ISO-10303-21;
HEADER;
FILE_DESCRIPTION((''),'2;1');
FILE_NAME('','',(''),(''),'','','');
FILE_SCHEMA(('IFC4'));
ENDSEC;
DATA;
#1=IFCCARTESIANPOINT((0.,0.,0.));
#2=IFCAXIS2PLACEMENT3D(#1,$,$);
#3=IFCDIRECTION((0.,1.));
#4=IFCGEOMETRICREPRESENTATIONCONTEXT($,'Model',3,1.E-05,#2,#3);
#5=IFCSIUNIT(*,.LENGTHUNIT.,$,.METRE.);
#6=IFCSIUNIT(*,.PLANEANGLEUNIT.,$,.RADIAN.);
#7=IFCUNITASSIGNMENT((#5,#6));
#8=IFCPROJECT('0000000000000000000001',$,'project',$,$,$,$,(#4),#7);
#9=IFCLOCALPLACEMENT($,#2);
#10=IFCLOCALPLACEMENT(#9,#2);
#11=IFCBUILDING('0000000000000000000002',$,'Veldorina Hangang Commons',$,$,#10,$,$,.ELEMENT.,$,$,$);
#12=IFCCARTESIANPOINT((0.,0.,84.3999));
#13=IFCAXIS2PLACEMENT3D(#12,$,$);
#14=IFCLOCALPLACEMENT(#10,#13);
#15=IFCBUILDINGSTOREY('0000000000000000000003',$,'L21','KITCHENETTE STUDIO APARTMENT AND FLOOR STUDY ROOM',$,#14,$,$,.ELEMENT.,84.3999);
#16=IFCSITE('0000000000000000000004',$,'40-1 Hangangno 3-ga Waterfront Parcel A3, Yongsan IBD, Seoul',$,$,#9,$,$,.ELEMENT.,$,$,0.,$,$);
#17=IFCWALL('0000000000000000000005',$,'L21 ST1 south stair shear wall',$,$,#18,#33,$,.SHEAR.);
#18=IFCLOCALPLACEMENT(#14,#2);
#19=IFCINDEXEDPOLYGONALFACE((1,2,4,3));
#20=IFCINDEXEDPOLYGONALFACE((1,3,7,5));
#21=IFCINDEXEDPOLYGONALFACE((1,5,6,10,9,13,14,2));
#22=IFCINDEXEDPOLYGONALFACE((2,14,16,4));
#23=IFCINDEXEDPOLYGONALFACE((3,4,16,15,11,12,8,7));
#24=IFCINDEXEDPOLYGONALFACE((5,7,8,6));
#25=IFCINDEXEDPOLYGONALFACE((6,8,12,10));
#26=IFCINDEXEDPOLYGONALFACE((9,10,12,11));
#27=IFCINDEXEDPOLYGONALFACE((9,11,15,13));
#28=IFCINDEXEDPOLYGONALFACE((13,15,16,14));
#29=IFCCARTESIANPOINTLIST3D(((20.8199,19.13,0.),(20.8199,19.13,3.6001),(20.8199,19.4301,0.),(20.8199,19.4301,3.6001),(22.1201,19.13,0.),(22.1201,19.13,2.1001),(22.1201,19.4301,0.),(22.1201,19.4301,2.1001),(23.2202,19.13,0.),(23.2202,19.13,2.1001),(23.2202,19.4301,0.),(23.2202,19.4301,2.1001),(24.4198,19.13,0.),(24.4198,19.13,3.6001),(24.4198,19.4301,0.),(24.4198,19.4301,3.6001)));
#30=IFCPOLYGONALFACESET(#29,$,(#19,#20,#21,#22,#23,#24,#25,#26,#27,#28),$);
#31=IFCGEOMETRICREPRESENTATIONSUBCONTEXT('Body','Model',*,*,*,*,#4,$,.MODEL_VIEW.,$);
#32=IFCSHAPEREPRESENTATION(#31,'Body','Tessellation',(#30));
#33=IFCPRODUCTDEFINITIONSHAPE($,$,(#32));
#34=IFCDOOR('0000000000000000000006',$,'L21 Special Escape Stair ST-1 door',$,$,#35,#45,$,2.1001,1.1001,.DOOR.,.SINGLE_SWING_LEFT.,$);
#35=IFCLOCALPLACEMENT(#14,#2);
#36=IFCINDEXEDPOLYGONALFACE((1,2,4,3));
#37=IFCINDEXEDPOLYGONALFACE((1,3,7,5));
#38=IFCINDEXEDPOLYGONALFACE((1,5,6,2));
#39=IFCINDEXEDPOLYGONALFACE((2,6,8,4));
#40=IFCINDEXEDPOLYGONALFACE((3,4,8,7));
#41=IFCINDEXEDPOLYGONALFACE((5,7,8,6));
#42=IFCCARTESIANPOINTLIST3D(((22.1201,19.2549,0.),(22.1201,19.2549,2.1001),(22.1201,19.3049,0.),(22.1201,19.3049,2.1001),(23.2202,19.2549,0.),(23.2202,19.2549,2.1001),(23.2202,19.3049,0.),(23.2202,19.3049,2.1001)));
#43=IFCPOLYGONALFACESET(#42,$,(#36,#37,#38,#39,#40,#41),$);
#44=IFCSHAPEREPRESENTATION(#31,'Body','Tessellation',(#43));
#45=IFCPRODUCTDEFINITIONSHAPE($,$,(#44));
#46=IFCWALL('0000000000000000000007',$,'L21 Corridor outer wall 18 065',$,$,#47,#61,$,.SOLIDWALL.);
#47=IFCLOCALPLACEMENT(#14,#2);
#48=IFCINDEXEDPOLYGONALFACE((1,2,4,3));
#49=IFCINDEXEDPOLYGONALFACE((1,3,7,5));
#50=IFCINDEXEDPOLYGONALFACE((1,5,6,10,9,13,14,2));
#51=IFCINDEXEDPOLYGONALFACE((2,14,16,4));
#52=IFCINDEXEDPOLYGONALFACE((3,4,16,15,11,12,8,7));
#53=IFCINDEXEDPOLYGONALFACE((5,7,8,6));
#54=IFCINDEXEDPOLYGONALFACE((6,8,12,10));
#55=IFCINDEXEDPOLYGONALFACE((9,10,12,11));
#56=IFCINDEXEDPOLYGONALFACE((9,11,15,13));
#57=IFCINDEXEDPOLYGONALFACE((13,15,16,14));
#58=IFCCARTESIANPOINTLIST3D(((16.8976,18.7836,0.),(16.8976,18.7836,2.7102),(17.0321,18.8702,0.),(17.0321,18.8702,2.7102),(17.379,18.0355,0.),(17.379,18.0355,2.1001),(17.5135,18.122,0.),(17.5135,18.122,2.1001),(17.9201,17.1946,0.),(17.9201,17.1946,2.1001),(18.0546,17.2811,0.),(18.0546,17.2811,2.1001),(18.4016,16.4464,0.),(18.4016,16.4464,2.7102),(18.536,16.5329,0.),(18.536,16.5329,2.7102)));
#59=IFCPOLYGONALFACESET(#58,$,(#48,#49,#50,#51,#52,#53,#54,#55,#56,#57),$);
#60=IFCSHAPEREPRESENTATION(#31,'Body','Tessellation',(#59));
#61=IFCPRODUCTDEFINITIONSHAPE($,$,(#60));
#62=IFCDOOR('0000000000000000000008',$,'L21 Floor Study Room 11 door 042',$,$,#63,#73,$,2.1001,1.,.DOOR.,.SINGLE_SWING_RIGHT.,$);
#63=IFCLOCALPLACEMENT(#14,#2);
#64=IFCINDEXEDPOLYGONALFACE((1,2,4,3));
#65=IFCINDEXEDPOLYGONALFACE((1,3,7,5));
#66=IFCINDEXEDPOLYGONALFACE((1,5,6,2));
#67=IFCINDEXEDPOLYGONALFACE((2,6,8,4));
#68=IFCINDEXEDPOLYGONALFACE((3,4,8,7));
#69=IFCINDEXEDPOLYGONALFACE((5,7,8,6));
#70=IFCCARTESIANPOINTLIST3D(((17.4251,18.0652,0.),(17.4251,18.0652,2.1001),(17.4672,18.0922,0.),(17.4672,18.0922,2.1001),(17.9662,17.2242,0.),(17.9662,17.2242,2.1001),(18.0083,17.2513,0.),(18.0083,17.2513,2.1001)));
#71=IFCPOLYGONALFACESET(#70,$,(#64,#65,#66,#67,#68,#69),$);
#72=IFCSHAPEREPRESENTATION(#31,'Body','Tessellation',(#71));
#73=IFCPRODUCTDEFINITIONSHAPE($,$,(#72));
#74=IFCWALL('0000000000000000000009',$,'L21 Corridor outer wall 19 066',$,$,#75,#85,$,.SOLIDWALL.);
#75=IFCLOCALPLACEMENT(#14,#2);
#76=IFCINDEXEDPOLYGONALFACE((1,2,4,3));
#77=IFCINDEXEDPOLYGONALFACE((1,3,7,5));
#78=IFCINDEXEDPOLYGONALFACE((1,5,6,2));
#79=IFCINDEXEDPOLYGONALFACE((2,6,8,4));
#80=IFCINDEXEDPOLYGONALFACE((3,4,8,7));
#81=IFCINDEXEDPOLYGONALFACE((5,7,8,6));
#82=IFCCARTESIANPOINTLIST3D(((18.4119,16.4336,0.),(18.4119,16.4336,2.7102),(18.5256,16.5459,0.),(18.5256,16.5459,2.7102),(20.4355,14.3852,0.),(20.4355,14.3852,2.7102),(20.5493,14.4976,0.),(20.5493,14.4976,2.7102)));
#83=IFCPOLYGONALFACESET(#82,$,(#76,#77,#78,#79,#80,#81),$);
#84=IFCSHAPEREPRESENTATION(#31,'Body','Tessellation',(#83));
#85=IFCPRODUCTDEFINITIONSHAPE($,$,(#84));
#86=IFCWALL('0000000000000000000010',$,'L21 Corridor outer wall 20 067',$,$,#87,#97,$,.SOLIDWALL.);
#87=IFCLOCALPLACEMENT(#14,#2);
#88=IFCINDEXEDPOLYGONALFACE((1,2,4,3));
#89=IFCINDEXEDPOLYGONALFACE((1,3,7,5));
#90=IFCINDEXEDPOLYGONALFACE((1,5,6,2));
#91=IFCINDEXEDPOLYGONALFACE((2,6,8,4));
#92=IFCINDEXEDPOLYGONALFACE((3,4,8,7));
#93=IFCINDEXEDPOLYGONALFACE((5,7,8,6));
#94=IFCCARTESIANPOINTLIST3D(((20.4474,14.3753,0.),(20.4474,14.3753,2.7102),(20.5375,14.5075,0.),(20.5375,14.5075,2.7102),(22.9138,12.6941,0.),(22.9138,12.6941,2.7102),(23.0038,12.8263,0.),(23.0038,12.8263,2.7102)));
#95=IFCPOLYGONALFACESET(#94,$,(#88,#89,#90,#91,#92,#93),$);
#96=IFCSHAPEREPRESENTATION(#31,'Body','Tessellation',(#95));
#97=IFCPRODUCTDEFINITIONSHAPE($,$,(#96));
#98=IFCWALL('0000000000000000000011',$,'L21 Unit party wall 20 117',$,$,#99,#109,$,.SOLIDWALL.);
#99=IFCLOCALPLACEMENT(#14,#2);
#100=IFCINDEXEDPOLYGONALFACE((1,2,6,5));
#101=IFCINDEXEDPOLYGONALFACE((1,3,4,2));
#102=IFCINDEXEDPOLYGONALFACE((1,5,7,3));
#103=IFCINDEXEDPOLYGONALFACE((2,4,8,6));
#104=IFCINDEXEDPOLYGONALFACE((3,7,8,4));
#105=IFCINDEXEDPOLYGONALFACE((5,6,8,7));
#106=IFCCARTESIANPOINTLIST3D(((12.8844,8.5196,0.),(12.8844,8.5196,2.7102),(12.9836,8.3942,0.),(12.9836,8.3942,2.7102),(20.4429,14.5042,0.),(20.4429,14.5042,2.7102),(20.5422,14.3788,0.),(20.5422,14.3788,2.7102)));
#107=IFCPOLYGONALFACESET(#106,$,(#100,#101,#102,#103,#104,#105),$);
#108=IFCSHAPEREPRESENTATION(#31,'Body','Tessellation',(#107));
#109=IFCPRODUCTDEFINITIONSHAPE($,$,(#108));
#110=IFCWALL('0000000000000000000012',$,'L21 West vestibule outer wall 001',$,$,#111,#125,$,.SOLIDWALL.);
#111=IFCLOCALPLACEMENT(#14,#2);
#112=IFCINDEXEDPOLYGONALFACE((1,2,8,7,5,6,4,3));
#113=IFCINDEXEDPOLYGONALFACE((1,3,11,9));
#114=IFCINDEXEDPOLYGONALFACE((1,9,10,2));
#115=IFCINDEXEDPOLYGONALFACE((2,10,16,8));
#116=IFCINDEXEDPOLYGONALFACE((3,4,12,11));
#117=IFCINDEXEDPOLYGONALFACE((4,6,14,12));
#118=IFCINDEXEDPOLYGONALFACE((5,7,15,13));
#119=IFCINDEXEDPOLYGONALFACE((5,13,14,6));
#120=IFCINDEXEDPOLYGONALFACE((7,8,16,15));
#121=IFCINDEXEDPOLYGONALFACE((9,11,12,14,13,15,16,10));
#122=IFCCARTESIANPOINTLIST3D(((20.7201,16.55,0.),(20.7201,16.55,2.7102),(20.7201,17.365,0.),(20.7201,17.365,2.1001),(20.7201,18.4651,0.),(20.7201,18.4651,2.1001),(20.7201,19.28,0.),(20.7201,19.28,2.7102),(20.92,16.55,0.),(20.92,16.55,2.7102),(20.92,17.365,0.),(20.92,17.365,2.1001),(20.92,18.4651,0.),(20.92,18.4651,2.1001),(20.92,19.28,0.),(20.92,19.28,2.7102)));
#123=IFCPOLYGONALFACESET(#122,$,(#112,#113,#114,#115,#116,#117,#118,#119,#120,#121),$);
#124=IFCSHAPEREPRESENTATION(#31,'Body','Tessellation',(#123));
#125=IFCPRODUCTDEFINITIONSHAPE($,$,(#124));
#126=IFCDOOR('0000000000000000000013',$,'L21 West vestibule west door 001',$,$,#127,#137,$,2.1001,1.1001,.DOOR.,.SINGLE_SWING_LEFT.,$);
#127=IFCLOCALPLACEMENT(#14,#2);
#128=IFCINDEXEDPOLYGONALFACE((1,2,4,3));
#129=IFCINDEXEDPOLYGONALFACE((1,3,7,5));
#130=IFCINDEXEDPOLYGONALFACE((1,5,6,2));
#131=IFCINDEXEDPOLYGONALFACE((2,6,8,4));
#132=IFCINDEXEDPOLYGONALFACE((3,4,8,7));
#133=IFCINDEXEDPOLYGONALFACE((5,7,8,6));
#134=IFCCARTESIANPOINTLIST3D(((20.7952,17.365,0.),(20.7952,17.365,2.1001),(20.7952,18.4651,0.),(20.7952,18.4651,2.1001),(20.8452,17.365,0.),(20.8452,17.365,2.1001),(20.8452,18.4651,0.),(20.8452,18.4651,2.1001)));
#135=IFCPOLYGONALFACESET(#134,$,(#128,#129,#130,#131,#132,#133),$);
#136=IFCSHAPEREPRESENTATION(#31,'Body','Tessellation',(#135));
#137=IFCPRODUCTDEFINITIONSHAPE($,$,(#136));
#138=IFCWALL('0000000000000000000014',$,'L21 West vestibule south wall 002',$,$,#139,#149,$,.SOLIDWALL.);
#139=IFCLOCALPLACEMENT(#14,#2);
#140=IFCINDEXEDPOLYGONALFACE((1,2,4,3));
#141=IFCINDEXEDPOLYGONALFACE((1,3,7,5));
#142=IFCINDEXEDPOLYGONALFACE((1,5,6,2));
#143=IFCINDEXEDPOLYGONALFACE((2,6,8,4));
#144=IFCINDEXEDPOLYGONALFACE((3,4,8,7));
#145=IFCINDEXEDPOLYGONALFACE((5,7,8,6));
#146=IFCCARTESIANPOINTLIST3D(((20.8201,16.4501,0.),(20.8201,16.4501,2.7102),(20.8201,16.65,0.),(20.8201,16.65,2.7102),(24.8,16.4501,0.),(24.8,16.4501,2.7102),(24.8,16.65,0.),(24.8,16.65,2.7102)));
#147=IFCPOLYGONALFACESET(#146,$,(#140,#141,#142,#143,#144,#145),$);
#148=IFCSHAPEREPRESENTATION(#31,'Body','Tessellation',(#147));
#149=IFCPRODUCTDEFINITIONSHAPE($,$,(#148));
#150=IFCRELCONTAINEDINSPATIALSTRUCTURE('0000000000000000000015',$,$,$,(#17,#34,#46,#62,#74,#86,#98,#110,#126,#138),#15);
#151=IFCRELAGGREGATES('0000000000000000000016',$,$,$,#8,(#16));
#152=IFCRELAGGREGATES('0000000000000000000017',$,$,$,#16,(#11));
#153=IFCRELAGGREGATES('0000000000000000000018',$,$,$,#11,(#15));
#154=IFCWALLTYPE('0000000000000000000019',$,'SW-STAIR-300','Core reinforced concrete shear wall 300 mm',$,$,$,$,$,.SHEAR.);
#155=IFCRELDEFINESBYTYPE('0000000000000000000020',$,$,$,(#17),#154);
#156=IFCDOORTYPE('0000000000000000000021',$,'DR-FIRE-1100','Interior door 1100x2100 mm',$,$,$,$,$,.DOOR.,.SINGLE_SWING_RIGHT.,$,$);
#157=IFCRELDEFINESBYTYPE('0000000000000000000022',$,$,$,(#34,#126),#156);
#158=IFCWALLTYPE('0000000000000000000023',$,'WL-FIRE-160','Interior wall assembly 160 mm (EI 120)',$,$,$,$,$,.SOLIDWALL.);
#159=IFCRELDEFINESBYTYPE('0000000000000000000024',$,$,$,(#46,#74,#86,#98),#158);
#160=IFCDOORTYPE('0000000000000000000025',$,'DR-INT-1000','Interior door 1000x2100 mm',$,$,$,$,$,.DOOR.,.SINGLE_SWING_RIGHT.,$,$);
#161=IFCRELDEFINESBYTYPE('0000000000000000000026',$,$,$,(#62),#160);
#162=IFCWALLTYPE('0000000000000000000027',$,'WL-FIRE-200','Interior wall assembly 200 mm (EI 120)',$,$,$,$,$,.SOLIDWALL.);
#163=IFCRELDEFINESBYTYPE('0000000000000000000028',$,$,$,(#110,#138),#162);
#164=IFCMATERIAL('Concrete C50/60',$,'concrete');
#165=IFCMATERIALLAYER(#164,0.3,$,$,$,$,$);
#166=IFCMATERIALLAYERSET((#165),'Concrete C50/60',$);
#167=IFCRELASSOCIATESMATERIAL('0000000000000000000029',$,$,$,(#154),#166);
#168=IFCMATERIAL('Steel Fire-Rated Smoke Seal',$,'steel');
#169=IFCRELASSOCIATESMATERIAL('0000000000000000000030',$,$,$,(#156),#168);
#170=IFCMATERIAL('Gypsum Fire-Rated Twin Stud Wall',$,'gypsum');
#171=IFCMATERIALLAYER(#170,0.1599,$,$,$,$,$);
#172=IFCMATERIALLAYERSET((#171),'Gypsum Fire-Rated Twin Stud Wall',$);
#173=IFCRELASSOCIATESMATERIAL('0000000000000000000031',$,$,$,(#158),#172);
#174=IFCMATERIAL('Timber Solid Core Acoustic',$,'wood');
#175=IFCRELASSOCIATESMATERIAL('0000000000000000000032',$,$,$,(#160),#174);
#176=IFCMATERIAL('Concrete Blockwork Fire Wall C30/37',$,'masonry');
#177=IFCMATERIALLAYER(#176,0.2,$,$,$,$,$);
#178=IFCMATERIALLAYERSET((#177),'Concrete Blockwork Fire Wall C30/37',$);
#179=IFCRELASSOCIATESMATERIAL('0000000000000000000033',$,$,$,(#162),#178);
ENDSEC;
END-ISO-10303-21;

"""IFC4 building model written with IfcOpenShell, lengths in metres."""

from ifc_helpers import new_model, si_unit, direction, frame, frame_2d, origin, place, context, subcontext, project, spatial, rectangle, extrude, material, layer, layer_set, type_object, element, fill, save


model = new_model("IFC4")

# Units and contexts
model_context = context("Model", 3, precision=1e-05, world=origin(), true_north=direction((0.0, 1.0)))
body_context = subcontext(model_context, "Body", "Model", "MODEL_VIEW")
ifc_project = project(units=[si_unit("LENGTHUNIT", "METRE"), si_unit("PLANEANGLEUNIT", "RADIAN")], contexts=[model_context])

# Site, building, storey
site_placement = place(None, origin())
site = spatial("IfcSite", under=ifc_project, at=site_placement, Name="40-1 Hangangno 3-ga Waterfront Parcel A3, Yongsan IBD, Seoul", CompositionType="ELEMENT", RefElevation=0.0)
building_placement = place(site_placement, origin())
building = spatial("IfcBuilding", under=site, at=building_placement, Name="Veldorina Hangang Commons", CompositionType="ELEMENT")
storey_placement = place(building_placement, frame((0.0, 0.0, 84.3999)))
storey = spatial("IfcBuildingStorey", under=building, at=storey_placement, Name="L21", Description="KITCHENETTE STUDIO APARTMENT AND FLOOR STUDY ROOM", CompositionType="ELEMENT", Elevation=84.3999)

# Shared definitions
ifc_material_1 = material(Name="Concrete C50/60", Category="concrete")
ifc_layer_1 = layer(ifc_material_1, 0.3)
ifc_layer_set_1 = layer_set([ifc_layer_1], Name="Concrete C50/60")
wall_type_1 = type_object("IfcWallType", Name="SW-STAIR-300", Description="Core reinforced concrete shear wall 300 mm", PredefinedType="SHEAR", material=ifc_layer_set_1)

# Walls, openings, doors
wall_1_placement = place(storey_placement, frame((20.8201, 19.28, 0.0), z_axis=(0.0, 0.0, 1.0), x_axis=(1.0, 0.0, 0.0)))
wall_1 = element("IfcWall", 1, at=wall_1_placement, inside=storey, type_object=wall_type_1, Name="L21 ST1 south stair shear wall", PredefinedType="SHEAR", context=body_context, shape_type="SweptSolid", body=[
    extrude(rectangle(XDim=3.5999, YDim=0.3, at=frame_2d((1.7998, 0.0))), origin(), (0.0, 0.0, 1.0), 3.6001),
])
opening_1_placement = place(wall_1_placement, frame((1.3, 0.0, 0.0)))
opening_1 = element("IfcOpeningElement", 2, at=opening_1_placement, cuts=wall_1, PredefinedType="OPENING", context=body_context, shape_type="SweptSolid", body=[
    extrude(rectangle(XDim=1.1001, YDim=2.1001, at=frame_2d((0.55, 1.05))), frame((0.0, 0.1602, 0.0), z_axis=(0.0, -1.0, 0.0), x_axis=(1.0, 0.0, 0.0)), (0.0, 0.0, 1.0), 0.3201),
])
ifc_material_2 = material(Name="Steel Fire-Rated Smoke Seal", Category="steel")
door_type_1 = type_object("IfcDoorType", Name="DR-FIRE-1100", Description="Interior door 1100x2100 mm", OperationType="SINGLE_SWING_RIGHT", PredefinedType="DOOR", material=ifc_material_2)
door_1_placement = place(opening_1_placement, origin())
door_1 = element("IfcDoor", 3, at=door_1_placement, inside=storey, type_object=door_type_1, Name="L21 Special Escape Stair ST-1 door", OperationType="SINGLE_SWING_LEFT", OverallHeight=2.1001, OverallWidth=1.1001, PredefinedType="DOOR", context=body_context, shape_type="SweptSolid", body=[
    extrude(rectangle(XDim=1.1001, YDim=2.1001, at=frame_2d((0.55, 1.05))), frame((0.0, 0.0249, 0.0), z_axis=(0.0, -1.0, 0.0), x_axis=(1.0, 0.0, 0.0)), (0.0, 0.0, 1.0), 0.05),
])
fill(opening_1, door_1)
ifc_material_3 = material(Name="Gypsum Fire-Rated Twin Stud Wall", Category="gypsum")
ifc_layer_2 = layer(ifc_material_3, 0.1599)
ifc_layer_set_2 = layer_set([ifc_layer_2], Name="Gypsum Fire-Rated Twin Stud Wall")
wall_type_2 = type_object("IfcWallType", Name="WL-FIRE-160", Description="Interior wall assembly 160 mm (EI 120)", PredefinedType="SOLIDWALL", material=ifc_layer_set_2)
wall_2_placement = place(storey_placement, frame((16.9648, 18.8269, 0.0), z_axis=(0.0, 0.0, 1.0), x_axis=(0.541126, -0.840941, 0.0)))
wall_2 = element("IfcWall", 4, at=wall_2_placement, inside=storey, type_object=wall_type_2, Name="L21 Corridor outer wall 18 065", PredefinedType="SOLIDWALL", context=body_context, shape_type="SweptSolid", body=[
    extrude(rectangle(XDim=2.7793, YDim=0.1599, at=frame_2d((1.3896, 0.0))), origin(), (0.0, 0.0, 1.0), 2.7102),
])
opening_2_placement = place(wall_2_placement, frame((0.8896, 0.0, 0.0)))
opening_2 = element("IfcOpeningElement", 5, at=opening_2_placement, cuts=wall_2, PredefinedType="OPENING", context=body_context, shape_type="SweptSolid", body=[
    extrude(rectangle(XDim=1.0, YDim=2.1001, at=frame_2d((0.5, 1.05))), frame((0.0, 0.0898, 0.0), z_axis=(0.0, -1.0, 0.0), x_axis=(1.0, 0.0, 0.0)), (0.0, 0.0, 1.0), 0.1799),
])
ifc_material_4 = material(Name="Timber Solid Core Acoustic", Category="wood")
door_type_2 = type_object("IfcDoorType", Name="DR-INT-1000", Description="Interior door 1000x2100 mm", OperationType="SINGLE_SWING_RIGHT", PredefinedType="DOOR", material=ifc_material_4)
door_2_placement = place(opening_2_placement, origin())
door_2 = element("IfcDoor", 6, at=door_2_placement, inside=storey, type_object=door_type_2, Name="L21 Floor Study Room 11 door 042", OperationType="SINGLE_SWING_RIGHT", OverallHeight=2.1001, OverallWidth=1.0, PredefinedType="DOOR", context=body_context, shape_type="SweptSolid", body=[
    extrude(rectangle(XDim=1.0, YDim=2.1001, at=frame_2d((0.5, 1.05))), frame((0.0, 0.0249, 0.0), z_axis=(0.0, -1.0, 0.0), x_axis=(1.0, 0.0, 0.0)), (0.0, 0.0, 1.0), 0.05),
])
fill(opening_2, door_2)

# Walls
wall_3_placement = place(storey_placement, frame((18.4688, 16.4897, 0.0), z_axis=(0.0, 0.0, 1.0), x_axis=(0.702812, -0.711376, 0.0)))
element("IfcWall", 7, at=wall_3_placement, inside=storey, type_object=wall_type_2, Name="L21 Corridor outer wall 19 066", PredefinedType="SOLIDWALL", context=body_context, shape_type="SweptSolid", body=[
    extrude(rectangle(XDim=2.8794, YDim=0.1599, at=frame_2d((1.4397, 0.0))), origin(), (0.0, 0.0, 1.0), 2.7102),
])
wall_4_placement = place(storey_placement, frame((20.4924, 14.4414, 0.0), z_axis=(0.0, 0.0, 1.0), x_axis=(0.826293, -0.56324, 0.0)))
element("IfcWall", 8, at=wall_4_placement, inside=storey, type_object=wall_type_2, Name="L21 Corridor outer wall 20 067", PredefinedType="SOLIDWALL", context=body_context, shape_type="SweptSolid", body=[
    extrude(rectangle(XDim=2.9849, YDim=0.1599, at=frame_2d((1.4924, 0.0))), origin(), (0.0, 0.0, 1.0), 2.7102),
])
wall_5_placement = place(storey_placement, frame((20.4924, 14.4414, 0.0), z_axis=(0.0, 0.0, 1.0), x_axis=(-0.784009, -0.62075, 0.0)))
element("IfcWall", 9, at=wall_5_placement, inside=storey, type_object=wall_type_2, Name="L21 Unit party wall 20 117", PredefinedType="SOLIDWALL", context=body_context, shape_type="SweptSolid", body=[
    extrude(rectangle(XDim=9.6409, YDim=0.1599, at=frame_2d((4.8203, 0.0))), origin(), (0.0, 0.0, 1.0), 2.7102),
])

# Wall, opening, door
ifc_material_5 = material(Name="Concrete Blockwork Fire Wall C30/37", Category="masonry")
ifc_layer_3 = layer(ifc_material_5, 0.2)
ifc_layer_set_3 = layer_set([ifc_layer_3], Name="Concrete Blockwork Fire Wall C30/37")
wall_type_3 = type_object("IfcWallType", Name="WL-FIRE-200", Description="Interior wall assembly 200 mm (EI 120)", PredefinedType="SOLIDWALL", material=ifc_layer_set_3)
wall_6_placement = place(storey_placement, frame((20.8201, 16.55, 0.0), z_axis=(0.0, 0.0, 1.0), x_axis=(0.0, 1.0, 0.0)))
wall_6 = element("IfcWall", 10, at=wall_6_placement, inside=storey, type_object=wall_type_3, Name="L21 West vestibule outer wall 001", PredefinedType="SOLIDWALL", context=body_context, shape_type="SweptSolid", body=[
    extrude(rectangle(XDim=2.73, YDim=0.2, at=frame_2d((1.365, 0.0))), origin(), (0.0, 0.0, 1.0), 2.7102),
])
opening_3_placement = place(wall_6_placement, frame((0.8149, 0.0, 0.0)))
opening_3 = element("IfcOpeningElement", 11, at=opening_3_placement, cuts=wall_6, PredefinedType="OPENING", context=body_context, shape_type="SweptSolid", body=[
    extrude(rectangle(XDim=1.1001, YDim=2.1001, at=frame_2d((0.55, 1.05))), frame((0.0, 0.1099, 0.0), z_axis=(0.0, -1.0, 0.0), x_axis=(1.0, 0.0, 0.0)), (0.0, 0.0, 1.0), 0.22),
])
door_3_placement = place(opening_3_placement, origin())
door_3 = element("IfcDoor", 12, at=door_3_placement, inside=storey, type_object=door_type_1, Name="L21 West vestibule west door 001", OperationType="SINGLE_SWING_LEFT", OverallHeight=2.1001, OverallWidth=1.1001, PredefinedType="DOOR", context=body_context, shape_type="SweptSolid", body=[
    extrude(rectangle(XDim=1.1001, YDim=2.1001, at=frame_2d((0.55, 1.05))), frame((0.0, 0.0249, 0.0), z_axis=(0.0, -1.0, 0.0), x_axis=(1.0, 0.0, 0.0)), (0.0, 0.0, 1.0), 0.05),
])
fill(opening_3, door_3)

# Wall
wall_7_placement = place(storey_placement, frame((20.8201, 16.55, 0.0), z_axis=(0.0, 0.0, 1.0), x_axis=(1.0, 0.0, 0.0)))
element("IfcWall", 13, at=wall_7_placement, inside=storey, type_object=wall_type_3, Name="L21 West vestibule south wall 002", PredefinedType="SOLIDWALL", context=body_context, shape_type="SweptSolid", body=[
    extrude(rectangle(XDim=3.98, YDim=0.2, at=frame_2d((1.99, 0.0))), origin(), (0.0, 0.0, 1.0), 2.7102),
])

save(model, "model.ifc")
